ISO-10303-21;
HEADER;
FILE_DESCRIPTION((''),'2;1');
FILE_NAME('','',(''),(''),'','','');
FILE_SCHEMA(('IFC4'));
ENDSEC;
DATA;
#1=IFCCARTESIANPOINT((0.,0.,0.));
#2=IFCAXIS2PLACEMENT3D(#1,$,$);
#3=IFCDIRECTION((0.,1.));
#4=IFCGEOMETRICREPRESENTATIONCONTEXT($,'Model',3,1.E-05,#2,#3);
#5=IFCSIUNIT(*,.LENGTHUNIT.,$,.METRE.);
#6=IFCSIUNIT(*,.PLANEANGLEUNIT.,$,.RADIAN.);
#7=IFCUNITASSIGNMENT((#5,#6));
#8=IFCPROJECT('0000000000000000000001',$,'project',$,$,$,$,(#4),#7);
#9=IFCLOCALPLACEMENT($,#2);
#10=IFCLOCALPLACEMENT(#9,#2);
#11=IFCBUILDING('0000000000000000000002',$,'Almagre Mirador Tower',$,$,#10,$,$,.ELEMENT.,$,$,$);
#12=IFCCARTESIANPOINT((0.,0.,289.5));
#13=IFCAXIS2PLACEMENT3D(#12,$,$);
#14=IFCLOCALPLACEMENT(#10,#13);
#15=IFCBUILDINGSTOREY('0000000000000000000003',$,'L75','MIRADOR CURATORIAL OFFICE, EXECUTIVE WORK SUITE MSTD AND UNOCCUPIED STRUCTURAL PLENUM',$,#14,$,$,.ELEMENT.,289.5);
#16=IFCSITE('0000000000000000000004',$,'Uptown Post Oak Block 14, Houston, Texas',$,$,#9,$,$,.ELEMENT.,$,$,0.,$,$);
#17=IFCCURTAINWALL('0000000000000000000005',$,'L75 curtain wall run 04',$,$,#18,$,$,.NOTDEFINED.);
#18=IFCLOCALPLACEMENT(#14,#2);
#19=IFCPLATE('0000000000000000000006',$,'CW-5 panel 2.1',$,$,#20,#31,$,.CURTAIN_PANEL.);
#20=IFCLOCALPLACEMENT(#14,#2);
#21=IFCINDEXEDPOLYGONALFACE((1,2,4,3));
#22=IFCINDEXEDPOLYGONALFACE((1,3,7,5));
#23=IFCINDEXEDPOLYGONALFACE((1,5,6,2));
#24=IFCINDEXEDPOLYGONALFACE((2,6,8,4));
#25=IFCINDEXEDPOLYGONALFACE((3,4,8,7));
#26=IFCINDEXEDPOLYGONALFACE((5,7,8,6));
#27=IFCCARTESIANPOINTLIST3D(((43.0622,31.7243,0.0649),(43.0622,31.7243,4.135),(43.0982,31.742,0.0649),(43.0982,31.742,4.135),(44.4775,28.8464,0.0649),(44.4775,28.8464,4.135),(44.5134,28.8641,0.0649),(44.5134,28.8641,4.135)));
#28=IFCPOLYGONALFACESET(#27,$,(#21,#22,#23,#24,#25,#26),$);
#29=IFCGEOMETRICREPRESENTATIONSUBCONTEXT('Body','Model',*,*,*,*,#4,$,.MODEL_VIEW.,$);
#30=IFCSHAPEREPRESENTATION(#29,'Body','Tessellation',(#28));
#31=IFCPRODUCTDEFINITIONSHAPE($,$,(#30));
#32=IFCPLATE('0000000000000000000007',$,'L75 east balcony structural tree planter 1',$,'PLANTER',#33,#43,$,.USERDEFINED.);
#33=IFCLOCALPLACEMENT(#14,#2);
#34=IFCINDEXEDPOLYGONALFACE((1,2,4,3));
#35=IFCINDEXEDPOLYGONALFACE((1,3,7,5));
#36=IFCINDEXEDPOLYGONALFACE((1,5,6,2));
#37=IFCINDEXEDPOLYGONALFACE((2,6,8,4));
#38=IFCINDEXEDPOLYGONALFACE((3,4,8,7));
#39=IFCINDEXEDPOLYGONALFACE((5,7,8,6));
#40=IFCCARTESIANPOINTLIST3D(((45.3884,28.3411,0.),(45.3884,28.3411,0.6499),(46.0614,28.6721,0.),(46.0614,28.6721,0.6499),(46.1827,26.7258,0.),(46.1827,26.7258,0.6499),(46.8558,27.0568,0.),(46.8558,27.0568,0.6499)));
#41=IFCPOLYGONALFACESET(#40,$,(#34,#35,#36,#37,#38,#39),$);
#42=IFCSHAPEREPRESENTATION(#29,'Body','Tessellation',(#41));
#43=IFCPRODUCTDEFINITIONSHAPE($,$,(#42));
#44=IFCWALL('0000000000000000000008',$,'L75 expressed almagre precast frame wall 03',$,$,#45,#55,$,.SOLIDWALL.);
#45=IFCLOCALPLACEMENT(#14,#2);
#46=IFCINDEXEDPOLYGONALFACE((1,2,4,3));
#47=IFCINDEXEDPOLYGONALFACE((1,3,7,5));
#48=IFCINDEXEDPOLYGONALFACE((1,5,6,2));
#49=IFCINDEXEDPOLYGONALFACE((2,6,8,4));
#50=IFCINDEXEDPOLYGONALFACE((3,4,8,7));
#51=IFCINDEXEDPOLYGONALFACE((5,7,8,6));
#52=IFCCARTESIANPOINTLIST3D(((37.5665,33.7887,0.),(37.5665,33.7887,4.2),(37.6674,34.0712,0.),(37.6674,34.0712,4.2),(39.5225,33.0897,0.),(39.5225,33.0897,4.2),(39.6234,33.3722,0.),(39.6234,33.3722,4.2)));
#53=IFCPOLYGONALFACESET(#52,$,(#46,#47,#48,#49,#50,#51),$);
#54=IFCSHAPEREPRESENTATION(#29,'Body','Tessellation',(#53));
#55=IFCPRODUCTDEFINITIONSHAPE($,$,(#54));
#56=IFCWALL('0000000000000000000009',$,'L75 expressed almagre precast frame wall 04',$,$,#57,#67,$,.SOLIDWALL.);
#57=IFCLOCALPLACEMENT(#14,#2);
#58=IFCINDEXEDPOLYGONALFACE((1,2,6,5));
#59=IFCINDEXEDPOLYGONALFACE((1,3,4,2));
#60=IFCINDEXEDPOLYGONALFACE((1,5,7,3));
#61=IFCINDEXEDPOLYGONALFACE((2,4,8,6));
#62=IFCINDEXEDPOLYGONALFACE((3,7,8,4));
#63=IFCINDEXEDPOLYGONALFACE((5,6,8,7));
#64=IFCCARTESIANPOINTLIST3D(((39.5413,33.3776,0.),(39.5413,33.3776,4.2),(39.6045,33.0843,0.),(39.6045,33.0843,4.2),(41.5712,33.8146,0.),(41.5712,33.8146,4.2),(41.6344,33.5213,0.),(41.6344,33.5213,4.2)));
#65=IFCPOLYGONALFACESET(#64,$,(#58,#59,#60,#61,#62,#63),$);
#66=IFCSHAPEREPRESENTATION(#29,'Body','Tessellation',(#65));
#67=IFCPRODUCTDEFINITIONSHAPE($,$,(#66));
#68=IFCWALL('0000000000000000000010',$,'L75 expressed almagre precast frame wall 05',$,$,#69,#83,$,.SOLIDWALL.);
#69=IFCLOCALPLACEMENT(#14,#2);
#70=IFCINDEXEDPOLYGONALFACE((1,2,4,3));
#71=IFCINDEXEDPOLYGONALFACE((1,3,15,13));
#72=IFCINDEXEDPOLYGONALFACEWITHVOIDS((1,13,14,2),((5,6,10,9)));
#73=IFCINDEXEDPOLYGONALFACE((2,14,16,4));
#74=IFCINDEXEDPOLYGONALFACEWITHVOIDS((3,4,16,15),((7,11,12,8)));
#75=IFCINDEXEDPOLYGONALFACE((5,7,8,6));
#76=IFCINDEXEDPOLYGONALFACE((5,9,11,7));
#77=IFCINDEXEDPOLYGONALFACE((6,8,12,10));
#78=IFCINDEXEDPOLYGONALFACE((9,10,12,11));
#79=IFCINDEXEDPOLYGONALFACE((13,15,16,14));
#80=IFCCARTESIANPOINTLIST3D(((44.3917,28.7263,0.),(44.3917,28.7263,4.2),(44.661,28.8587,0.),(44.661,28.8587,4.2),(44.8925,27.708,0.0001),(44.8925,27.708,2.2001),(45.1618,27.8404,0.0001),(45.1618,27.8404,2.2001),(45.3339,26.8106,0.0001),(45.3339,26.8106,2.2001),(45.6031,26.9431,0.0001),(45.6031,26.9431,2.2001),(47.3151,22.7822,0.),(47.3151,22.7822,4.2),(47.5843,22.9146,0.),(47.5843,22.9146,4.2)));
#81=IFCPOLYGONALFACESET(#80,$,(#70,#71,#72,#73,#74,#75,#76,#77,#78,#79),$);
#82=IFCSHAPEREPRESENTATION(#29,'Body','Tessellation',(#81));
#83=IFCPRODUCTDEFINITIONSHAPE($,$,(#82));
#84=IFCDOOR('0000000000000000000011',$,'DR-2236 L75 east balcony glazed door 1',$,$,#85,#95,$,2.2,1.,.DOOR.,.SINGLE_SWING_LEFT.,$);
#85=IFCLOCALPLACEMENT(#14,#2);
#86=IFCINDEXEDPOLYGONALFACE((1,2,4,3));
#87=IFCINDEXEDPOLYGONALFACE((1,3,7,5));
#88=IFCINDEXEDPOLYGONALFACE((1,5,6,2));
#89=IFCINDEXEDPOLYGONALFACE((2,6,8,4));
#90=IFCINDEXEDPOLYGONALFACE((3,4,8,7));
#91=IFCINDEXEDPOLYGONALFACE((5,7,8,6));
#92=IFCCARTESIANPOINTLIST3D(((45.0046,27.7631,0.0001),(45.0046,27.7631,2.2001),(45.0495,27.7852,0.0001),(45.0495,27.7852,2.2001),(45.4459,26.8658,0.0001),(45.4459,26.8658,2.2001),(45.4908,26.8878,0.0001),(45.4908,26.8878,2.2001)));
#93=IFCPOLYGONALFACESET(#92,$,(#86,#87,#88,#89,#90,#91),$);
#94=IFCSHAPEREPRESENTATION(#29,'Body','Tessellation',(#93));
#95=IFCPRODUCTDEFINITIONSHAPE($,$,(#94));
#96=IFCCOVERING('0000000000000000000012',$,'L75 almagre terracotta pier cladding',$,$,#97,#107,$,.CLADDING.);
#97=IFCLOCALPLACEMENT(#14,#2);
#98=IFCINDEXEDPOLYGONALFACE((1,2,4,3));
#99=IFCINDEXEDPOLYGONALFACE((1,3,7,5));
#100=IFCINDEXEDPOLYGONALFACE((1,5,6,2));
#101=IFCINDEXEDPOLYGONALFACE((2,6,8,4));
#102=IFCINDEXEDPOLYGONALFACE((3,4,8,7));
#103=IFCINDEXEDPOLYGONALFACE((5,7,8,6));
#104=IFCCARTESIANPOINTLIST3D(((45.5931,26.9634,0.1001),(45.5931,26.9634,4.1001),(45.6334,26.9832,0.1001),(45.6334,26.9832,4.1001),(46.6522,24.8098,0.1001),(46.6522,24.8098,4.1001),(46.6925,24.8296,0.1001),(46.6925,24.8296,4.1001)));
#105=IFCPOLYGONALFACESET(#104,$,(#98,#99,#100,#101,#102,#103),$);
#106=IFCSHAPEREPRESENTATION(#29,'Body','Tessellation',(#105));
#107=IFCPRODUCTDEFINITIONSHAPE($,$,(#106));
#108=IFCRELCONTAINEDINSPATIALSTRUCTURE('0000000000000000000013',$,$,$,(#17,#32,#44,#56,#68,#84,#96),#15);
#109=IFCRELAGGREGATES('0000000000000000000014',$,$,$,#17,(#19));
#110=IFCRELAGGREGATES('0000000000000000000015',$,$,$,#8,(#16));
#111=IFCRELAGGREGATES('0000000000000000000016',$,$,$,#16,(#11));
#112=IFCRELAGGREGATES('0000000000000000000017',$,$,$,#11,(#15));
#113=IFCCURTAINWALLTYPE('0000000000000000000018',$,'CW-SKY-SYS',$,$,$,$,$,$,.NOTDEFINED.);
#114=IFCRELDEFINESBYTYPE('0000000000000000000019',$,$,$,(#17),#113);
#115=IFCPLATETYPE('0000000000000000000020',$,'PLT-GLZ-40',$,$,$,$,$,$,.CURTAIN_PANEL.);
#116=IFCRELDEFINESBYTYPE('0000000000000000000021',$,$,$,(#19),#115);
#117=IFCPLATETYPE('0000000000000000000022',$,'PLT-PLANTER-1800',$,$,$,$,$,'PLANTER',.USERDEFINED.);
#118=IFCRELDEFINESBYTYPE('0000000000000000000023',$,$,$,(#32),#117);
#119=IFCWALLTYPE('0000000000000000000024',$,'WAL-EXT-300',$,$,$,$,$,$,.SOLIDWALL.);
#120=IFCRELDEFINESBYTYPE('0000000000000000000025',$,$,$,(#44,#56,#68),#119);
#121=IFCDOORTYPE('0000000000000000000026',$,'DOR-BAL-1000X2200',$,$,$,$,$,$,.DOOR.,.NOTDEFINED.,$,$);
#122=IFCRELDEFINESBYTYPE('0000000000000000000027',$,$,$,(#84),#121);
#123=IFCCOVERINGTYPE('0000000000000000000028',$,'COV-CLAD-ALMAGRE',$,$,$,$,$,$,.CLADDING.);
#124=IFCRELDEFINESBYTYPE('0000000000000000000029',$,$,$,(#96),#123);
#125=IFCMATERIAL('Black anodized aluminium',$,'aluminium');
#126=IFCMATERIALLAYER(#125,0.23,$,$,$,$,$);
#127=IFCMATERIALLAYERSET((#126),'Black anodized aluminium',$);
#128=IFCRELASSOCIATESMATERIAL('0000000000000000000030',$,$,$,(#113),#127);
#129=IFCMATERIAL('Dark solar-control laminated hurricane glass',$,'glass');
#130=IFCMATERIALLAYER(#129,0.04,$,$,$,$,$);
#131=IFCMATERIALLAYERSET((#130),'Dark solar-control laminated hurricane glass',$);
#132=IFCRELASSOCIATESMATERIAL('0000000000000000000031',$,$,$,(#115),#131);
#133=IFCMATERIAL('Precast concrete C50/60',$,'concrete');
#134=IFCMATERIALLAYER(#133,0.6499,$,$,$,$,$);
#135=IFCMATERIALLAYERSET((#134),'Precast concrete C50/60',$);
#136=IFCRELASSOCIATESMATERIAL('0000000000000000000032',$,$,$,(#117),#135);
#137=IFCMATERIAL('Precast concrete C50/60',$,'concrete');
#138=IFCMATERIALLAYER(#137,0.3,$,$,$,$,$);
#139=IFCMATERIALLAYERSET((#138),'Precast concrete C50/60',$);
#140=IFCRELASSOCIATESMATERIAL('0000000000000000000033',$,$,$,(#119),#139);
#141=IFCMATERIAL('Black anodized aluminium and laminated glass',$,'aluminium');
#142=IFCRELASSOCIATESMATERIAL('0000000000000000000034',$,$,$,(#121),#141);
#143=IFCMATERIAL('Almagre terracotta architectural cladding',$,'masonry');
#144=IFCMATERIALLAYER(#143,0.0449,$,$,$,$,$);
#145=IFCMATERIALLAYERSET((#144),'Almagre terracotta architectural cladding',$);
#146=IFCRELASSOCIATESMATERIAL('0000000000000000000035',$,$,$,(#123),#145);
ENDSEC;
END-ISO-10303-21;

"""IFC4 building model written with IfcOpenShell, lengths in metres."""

from ifc_helpers import new_model, si_unit, direction, frame, frame_2d, origin, origin_2d, place, context, subcontext, project, spatial, rectangle, extrude, material, layer, layer_set, type_object, element, fill, aggregate, save


model = new_model("IFC4")

# Units and contexts
model_context = context("Model", 3, precision=1e-05, world=origin(), true_north=direction((0.0, 1.0)))
body_context = subcontext(model_context, "Body", "Model", "MODEL_VIEW")
ifc_project = project(units=[si_unit("LENGTHUNIT", "METRE"), si_unit("PLANEANGLEUNIT", "RADIAN")], contexts=[model_context])

# Site, building, storey
site_placement = place(None, origin())
site = spatial("IfcSite", under=ifc_project, at=site_placement, Name="Uptown Post Oak Block 14, Houston, Texas", CompositionType="ELEMENT", RefElevation=0.0)
building_placement = place(site_placement, origin())
building = spatial("IfcBuilding", under=site, at=building_placement, Name="Almagre Mirador Tower", CompositionType="ELEMENT")
storey_placement = place(building_placement, frame((0.0, 0.0, 289.5)))
storey = spatial("IfcBuildingStorey", under=building, at=storey_placement, Name="L75", Description="MIRADOR CURATORIAL OFFICE, EXECUTIVE WORK SUITE MSTD AND UNOCCUPIED STRUCTURAL PLENUM", CompositionType="ELEMENT", Elevation=289.5)

# Shared definitions
ifc_material_1 = material(Name="Black anodized aluminium", Category="aluminium")
ifc_layer_1 = layer(ifc_material_1, 0.23)
ifc_layer_set_1 = layer_set([ifc_layer_1], Name="Black anodized aluminium")
curtain_wall_type = type_object("IfcCurtainWallType", Name="CW-SKY-SYS", PredefinedType="NOTDEFINED", material=ifc_layer_set_1)

# Curtain wall
curtain_wall_1_placement = place(storey_placement, origin())
curtain_wall_1 = element("IfcCurtainWall", 1, at=curtain_wall_1_placement, inside=storey, type_object=curtain_wall_type, Name="L75 curtain wall run 04", PredefinedType="NOTDEFINED")

# Plates
ifc_material_2 = material(Name="Dark solar-control laminated hurricane glass", Category="glass")
ifc_layer_2 = layer(ifc_material_2, 0.04)
ifc_layer_set_2 = layer_set([ifc_layer_2], Name="Dark solar-control laminated hurricane glass")
plate_type_1 = type_object("IfcPlateType", Name="PLT-GLZ-40", PredefinedType="CURTAIN_PANEL", material=ifc_layer_set_2)
plate_1_placement = place(storey_placement, frame((43.7878, 30.2942, 0.0649), z_axis=(0.0, 0.0, 1.0), x_axis=(0.441304, -0.897358, 0.0)))
plate_1 = element("IfcPlate", 2, at=plate_1_placement, type_object=plate_type_1, Name="CW-5 panel 2.1", PredefinedType="CURTAIN_PANEL", context=body_context, shape_type="SweptSolid", body=[
    extrude(rectangle(XDim=3.207, YDim=0.04, at=origin_2d()), origin(), (0.0, 0.0, 1.0), 4.0701),
])
aggregate(curtain_wall_1, [plate_1])
ifc_material_3 = material(Name="Precast concrete C50/60", Category="concrete")
ifc_layer_3 = layer(ifc_material_3, 0.6499)
ifc_layer_set_3 = layer_set([ifc_layer_3], Name="Precast concrete C50/60")
plate_type_2 = type_object("IfcPlateType", Name="PLT-PLANTER-1800", ElementType="PLANTER", PredefinedType="USERDEFINED", material=ifc_layer_set_3)
plate_2_placement = place(storey_placement, frame((46.1221, 27.699, 0.0), z_axis=(0.0, 0.0, 1.0), x_axis=(-0.441287, 0.897366, 0.0)))
element("IfcPlate", 3, at=plate_2_placement, inside=storey, type_object=plate_type_2, Name="L75 east balcony structural tree planter 1", ObjectType="PLANTER", PredefinedType="USERDEFINED", context=body_context, shape_type="SweptSolid", body=[
    extrude(rectangle(XDim=1.8, YDim=0.75, at=origin_2d()), origin(), (0.0, 0.0, 1.0), 0.6499),
])

# Walls
ifc_material_4 = material(Name="Precast concrete C50/60", Category="concrete")
ifc_layer_4 = layer(ifc_material_4, 0.3)
ifc_layer_set_4 = layer_set([ifc_layer_4], Name="Precast concrete C50/60")
wall_type = type_object("IfcWallType", Name="WAL-EXT-300", PredefinedType="SOLIDWALL", material=ifc_layer_set_4)
wall_1_placement = place(storey_placement, frame((37.6169, 33.9299, 0.0), z_axis=(0.0, 0.0, 1.0), x_axis=(0.941683, -0.3365, 0.0)))
element("IfcWall", 4, at=wall_1_placement, inside=storey, type_object=wall_type, Name="L75 expressed almagre precast frame wall 03", PredefinedType="SOLIDWALL", context=body_context, shape_type="SweptSolid", body=[
    extrude(rectangle(XDim=2.0771, YDim=0.3, at=frame_2d((1.0386, 0.0))), origin(), (0.0, 0.0, 1.0), 4.2),
])
wall_2_placement = place(storey_placement, frame((39.573, 33.231, 0.0), z_axis=(0.0, 0.0, 1.0), x_axis=(0.977604, 0.210452, 0.0)))
element("IfcWall", 5, at=wall_2_placement, inside=storey, type_object=wall_type, Name="L75 expressed almagre precast frame wall 04", PredefinedType="SOLIDWALL", context=body_context, shape_type="SweptSolid", body=[
    extrude(rectangle(XDim=2.0764, YDim=0.3, at=frame_2d((1.0381, 0.0))), origin(), (0.0, 0.0, 1.0), 4.2),
])

# Wall, opening, door
wall_3_placement = place(storey_placement, frame((44.5264, 28.7925, 0.0), z_axis=(0.0, 0.0, 1.0), x_axis=(0.441322, -0.897349, 0.0)))
wall_3 = element("IfcWall", 6, at=wall_3_placement, inside=storey, type_object=wall_type, Name="L75 expressed almagre precast frame wall 05", PredefinedType="SOLIDWALL", context=body_context, shape_type="SweptSolid", body=[
    extrude(rectangle(XDim=6.624, YDim=0.3, at=frame_2d((3.312, 0.0))), origin(), (0.0, 0.0, 1.0), 4.2),
])
opening_placement = place(wall_3_placement, frame((1.1348, 0.0, 0.0)))
opening = element("IfcOpeningElement", 7, at=opening_placement, cuts=wall_3, PredefinedType="OPENING", context=body_context, shape_type="SweptSolid", body=[
    extrude(rectangle(XDim=1.0, YDim=2.2, at=frame_2d((0.5, 1.1001))), frame((0.0, 0.1599, 0.0), z_axis=(0.0, -1.0, 0.0), x_axis=(1.0, 0.0, 0.0)), (0.0, 0.0, 1.0), 0.32),
])
ifc_material_5 = material(Name="Black anodized aluminium and laminated glass", Category="aluminium")
door_type = type_object("IfcDoorType", Name="DOR-BAL-1000X2200", OperationType="NOTDEFINED", PredefinedType="DOOR", material=ifc_material_5)
door_placement = place(opening_placement, origin())
door = element("IfcDoor", 8, at=door_placement, inside=storey, type_object=door_type, Name="DR-2236 L75 east balcony glazed door 1", OperationType="SINGLE_SWING_LEFT", OverallHeight=2.2, OverallWidth=1.0, PredefinedType="DOOR", context=body_context, shape_type="SweptSolid", body=[
    extrude(rectangle(XDim=1.0, YDim=2.2, at=frame_2d((0.5, 1.1001))), frame((0.0, 0.0249, 0.0), z_axis=(0.0, -1.0, 0.0), x_axis=(1.0, 0.0, 0.0)), (0.0, 0.0, 1.0), 0.05),
])
fill(opening, door)

# Covering
ifc_material_6 = material(Name="Almagre terracotta architectural cladding", Category="masonry")
ifc_layer_5 = layer(ifc_material_6, 0.0449)
ifc_layer_set_5 = layer_set([ifc_layer_5], Name="Almagre terracotta architectural cladding")
covering_type = type_object("IfcCoveringType", Name="COV-CLAD-ALMAGRE", PredefinedType="CLADDING", material=ifc_layer_set_5)
covering_placement = place(storey_placement, frame((46.1428, 25.8965, 0.1001), z_axis=(0.0, 0.0, 1.0), x_axis=(0.441302, -0.897359, 0.0)))
element("IfcCovering", 9, at=covering_placement, inside=storey, type_object=covering_type, Name="L75 almagre terracotta pier cladding", PredefinedType="CLADDING", context=body_context, shape_type="SweptSolid", body=[
    extrude(rectangle(XDim=2.3999, YDim=0.0449, at=origin_2d()), origin(), (0.0, 0.0, 1.0), 4.0),
])

save(model, "model.ifc")
